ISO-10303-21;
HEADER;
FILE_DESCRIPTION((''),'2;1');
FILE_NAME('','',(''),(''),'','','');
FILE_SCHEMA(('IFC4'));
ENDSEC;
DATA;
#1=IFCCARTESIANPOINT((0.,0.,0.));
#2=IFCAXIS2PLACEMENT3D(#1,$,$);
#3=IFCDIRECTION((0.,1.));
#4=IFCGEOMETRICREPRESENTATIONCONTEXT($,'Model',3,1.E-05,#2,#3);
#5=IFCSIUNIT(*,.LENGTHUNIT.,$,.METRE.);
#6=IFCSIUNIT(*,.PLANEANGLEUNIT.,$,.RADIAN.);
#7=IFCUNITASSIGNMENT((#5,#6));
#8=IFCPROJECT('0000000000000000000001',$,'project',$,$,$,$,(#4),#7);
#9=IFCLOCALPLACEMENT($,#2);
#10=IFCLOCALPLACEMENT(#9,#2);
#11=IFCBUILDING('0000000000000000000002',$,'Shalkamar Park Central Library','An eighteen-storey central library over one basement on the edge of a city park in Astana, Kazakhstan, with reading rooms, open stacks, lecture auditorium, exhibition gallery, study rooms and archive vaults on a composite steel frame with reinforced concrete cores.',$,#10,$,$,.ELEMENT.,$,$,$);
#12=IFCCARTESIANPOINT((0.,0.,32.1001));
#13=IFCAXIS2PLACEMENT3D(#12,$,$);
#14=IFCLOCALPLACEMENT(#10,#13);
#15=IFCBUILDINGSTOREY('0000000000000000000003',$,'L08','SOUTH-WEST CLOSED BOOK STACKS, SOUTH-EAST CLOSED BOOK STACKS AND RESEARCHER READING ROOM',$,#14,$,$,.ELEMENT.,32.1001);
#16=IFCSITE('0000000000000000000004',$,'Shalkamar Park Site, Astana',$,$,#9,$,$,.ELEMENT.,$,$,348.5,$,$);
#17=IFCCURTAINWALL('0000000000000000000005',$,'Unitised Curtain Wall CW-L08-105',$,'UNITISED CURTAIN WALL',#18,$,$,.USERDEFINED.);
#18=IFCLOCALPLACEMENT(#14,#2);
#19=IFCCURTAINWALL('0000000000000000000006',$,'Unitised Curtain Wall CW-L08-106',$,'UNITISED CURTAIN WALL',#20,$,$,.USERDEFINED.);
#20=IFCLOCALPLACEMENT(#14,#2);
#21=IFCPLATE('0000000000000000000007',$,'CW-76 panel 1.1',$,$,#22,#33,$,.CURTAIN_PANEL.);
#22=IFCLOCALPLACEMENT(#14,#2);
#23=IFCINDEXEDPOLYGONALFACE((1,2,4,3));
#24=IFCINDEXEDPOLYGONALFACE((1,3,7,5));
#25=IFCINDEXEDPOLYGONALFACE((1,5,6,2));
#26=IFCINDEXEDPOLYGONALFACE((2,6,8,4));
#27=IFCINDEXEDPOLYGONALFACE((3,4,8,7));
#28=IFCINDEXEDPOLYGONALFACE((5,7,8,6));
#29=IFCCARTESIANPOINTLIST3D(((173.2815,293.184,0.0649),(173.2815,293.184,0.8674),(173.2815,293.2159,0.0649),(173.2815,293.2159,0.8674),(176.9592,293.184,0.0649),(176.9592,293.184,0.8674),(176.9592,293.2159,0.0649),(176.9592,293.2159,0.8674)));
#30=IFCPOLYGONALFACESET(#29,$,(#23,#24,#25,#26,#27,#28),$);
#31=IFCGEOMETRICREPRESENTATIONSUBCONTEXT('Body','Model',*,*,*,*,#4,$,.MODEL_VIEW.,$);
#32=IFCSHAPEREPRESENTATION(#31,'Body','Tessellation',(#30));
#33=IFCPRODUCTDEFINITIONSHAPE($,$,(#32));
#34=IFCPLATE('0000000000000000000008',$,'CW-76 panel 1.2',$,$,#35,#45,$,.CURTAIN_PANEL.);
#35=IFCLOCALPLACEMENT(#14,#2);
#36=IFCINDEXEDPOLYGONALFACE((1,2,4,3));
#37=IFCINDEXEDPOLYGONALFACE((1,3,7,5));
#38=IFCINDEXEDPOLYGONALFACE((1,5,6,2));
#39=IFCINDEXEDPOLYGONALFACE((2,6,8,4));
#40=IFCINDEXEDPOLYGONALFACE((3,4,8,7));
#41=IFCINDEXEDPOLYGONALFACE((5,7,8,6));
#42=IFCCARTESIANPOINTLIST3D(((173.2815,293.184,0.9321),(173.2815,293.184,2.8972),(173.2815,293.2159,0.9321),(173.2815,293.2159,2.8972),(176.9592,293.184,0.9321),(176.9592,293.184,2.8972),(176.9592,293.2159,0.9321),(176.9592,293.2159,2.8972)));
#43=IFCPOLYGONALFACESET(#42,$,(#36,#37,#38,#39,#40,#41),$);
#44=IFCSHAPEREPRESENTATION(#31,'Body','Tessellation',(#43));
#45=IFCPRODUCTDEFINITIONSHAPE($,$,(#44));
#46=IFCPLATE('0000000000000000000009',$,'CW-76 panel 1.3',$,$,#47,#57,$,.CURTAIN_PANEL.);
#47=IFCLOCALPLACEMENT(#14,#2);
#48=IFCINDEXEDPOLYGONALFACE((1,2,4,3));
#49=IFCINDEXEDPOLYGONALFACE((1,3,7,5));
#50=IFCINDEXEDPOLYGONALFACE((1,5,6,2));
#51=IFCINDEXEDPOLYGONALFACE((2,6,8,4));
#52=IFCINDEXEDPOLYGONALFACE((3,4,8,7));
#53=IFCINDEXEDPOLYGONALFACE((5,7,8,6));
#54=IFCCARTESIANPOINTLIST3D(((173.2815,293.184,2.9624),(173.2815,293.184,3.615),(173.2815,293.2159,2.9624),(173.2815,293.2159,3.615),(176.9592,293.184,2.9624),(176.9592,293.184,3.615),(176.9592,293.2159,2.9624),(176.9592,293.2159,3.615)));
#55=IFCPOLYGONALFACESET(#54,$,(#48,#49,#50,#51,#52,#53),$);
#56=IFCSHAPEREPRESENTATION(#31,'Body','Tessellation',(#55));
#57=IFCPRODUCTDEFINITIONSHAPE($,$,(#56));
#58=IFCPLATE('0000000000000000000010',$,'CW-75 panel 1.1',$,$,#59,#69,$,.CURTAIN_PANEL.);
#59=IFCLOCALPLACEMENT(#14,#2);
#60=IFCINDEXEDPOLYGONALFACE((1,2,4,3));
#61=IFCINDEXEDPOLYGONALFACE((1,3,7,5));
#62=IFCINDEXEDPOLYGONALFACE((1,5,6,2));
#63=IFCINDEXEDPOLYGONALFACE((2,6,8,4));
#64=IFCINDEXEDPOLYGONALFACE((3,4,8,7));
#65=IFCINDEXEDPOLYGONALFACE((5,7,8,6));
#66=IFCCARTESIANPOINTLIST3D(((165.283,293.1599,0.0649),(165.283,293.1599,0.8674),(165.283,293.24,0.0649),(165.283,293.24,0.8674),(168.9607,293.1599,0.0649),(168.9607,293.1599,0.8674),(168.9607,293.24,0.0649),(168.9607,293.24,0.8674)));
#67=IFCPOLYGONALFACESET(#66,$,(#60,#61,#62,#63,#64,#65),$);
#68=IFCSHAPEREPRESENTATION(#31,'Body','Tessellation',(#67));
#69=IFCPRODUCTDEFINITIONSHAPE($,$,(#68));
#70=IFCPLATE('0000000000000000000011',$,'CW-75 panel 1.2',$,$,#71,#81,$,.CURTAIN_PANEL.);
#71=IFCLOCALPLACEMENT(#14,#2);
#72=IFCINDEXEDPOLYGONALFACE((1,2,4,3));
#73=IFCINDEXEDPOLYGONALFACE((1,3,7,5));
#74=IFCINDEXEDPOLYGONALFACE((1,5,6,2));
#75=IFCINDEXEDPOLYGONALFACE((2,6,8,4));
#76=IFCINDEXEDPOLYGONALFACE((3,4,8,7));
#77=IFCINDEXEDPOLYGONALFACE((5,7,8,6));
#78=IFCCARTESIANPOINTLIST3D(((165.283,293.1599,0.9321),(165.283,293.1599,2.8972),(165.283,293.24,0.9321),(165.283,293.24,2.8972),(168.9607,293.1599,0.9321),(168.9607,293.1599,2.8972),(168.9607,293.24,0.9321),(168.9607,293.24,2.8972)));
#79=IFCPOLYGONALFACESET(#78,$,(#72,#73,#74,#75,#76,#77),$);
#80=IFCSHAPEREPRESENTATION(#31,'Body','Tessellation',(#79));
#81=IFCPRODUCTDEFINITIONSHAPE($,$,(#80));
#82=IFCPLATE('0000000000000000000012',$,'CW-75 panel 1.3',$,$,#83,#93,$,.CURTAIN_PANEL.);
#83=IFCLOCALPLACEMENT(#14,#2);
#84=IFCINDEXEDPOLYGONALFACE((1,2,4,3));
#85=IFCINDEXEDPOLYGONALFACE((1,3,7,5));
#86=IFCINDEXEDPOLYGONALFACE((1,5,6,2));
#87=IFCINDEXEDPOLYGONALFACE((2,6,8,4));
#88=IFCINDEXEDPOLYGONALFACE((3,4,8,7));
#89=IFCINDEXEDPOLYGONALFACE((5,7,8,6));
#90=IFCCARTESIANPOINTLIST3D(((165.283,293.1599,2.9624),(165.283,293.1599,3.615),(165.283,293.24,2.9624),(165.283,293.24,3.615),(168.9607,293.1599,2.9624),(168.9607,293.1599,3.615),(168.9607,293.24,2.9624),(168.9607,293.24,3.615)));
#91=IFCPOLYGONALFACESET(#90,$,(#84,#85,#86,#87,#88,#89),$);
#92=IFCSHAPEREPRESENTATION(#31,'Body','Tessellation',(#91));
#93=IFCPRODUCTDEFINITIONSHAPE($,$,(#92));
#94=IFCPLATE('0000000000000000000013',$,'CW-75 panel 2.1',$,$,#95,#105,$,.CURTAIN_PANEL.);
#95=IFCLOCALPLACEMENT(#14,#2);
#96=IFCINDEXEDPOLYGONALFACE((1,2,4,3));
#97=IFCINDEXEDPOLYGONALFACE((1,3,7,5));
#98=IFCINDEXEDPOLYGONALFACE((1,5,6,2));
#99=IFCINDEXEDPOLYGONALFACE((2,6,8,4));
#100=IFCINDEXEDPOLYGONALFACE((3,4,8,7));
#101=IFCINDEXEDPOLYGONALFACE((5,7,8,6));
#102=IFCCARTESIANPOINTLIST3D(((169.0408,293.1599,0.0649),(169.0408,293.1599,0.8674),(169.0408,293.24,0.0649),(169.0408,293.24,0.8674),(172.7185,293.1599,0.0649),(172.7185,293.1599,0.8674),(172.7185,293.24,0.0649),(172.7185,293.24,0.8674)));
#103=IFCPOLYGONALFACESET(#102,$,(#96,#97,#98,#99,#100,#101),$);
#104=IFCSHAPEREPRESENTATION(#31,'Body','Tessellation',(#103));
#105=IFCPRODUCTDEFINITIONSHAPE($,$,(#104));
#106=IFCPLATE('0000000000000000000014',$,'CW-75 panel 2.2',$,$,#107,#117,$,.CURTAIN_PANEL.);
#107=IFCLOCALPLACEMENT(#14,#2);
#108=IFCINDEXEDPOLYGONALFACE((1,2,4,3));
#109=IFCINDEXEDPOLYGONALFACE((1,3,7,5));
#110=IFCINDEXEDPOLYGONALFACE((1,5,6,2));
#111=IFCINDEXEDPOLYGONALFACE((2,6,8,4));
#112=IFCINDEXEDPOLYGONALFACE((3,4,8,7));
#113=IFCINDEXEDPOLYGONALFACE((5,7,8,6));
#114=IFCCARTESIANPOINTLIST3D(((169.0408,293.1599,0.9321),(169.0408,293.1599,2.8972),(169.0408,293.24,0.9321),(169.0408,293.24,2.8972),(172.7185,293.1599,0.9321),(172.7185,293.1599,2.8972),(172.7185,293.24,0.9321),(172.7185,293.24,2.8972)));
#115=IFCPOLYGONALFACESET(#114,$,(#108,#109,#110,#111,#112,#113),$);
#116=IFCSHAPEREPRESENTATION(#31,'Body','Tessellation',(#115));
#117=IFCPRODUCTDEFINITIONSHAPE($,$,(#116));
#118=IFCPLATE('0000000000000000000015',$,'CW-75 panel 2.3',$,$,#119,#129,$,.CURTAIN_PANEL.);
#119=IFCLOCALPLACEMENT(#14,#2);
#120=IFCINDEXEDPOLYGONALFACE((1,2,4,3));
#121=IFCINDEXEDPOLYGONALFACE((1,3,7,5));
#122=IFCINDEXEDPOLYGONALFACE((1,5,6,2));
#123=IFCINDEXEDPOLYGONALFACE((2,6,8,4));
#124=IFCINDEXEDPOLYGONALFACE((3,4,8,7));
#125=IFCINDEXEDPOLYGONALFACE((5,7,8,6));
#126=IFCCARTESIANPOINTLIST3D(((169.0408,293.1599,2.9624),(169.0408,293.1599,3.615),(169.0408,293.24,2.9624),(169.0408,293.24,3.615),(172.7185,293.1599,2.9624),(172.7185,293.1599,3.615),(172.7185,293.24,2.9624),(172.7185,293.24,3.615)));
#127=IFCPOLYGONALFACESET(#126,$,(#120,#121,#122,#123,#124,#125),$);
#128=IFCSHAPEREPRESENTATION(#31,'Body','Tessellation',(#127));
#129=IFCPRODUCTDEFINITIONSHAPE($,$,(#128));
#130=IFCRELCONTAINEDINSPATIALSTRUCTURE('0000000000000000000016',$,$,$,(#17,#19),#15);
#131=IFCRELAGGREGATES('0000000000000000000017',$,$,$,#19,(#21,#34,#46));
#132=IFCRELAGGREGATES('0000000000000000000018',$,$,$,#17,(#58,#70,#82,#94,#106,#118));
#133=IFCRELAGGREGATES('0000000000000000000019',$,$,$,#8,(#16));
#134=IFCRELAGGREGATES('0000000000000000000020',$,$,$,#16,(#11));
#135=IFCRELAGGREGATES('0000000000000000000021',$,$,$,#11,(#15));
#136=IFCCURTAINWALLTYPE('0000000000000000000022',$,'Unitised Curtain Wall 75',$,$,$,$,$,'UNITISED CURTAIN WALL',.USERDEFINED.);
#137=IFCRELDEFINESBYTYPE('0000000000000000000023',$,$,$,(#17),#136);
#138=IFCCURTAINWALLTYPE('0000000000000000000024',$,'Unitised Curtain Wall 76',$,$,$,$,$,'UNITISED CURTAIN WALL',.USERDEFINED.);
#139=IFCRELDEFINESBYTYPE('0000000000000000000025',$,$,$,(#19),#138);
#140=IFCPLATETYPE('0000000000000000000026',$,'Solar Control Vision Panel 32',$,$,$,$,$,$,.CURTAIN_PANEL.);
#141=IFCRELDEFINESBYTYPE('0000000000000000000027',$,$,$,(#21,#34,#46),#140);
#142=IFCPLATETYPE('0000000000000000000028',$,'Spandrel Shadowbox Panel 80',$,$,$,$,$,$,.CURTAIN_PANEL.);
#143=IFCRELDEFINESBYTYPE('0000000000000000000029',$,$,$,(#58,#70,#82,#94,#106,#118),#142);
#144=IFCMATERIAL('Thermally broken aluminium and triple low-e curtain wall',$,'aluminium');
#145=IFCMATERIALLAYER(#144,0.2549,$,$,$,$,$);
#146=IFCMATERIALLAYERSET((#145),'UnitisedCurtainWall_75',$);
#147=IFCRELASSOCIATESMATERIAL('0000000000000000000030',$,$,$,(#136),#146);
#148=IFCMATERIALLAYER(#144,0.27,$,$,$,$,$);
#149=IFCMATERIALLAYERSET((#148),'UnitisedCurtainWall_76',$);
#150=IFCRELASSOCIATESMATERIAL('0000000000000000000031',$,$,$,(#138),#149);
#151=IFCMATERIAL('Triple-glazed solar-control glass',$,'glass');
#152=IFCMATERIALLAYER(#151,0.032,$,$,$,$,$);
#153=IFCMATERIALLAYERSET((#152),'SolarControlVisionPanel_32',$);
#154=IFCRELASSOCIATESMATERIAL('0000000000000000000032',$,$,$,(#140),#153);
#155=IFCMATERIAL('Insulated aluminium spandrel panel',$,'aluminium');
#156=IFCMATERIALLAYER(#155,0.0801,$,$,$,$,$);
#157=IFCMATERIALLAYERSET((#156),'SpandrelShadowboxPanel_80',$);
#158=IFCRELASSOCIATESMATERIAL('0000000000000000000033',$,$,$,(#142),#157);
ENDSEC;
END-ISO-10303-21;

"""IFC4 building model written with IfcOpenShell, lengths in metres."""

from ifc_helpers import new_model, si_unit, direction, frame, origin, origin_2d, place, context, subcontext, project, spatial, rectangle, extrude, material, layer, layer_set, type_object, element, aggregate, save


model = new_model("IFC4")

# Units and contexts
model_context = context("Model", 3, precision=1e-05, world=origin(), true_north=direction((0.0, 1.0)))
body_context = subcontext(model_context, "Body", "Model", "MODEL_VIEW")
ifc_project = project(units=[si_unit("LENGTHUNIT", "METRE"), si_unit("PLANEANGLEUNIT", "RADIAN")], contexts=[model_context])

# Site, building, storey
site_placement = place(None, origin())
site = spatial("IfcSite", under=ifc_project, at=site_placement, Name="Shalkamar Park Site, Astana", CompositionType="ELEMENT", RefElevation=348.5)
building_placement = place(site_placement, origin())
building = spatial("IfcBuilding", under=site, at=building_placement, Name="Shalkamar Park Central Library", Description="An eighteen-storey central library over one basement on the edge of a city park in Astana, Kazakhstan, with reading rooms, open stacks, lecture auditorium, exhibition gallery, study rooms and archive vaults on a composite steel frame with reinforced concrete cores.", CompositionType="ELEMENT")
storey_placement = place(building_placement, frame((0.0, 0.0, 32.1001)))
storey = spatial("IfcBuildingStorey", under=building, at=storey_placement, Name="L08", Description="SOUTH-WEST CLOSED BOOK STACKS, SOUTH-EAST CLOSED BOOK STACKS AND RESEARCHER READING ROOM", CompositionType="ELEMENT", Elevation=32.1001)

# Curtain walls
ifc_material_1 = material(Name="Thermally broken aluminium and triple low-e curtain wall", Category="aluminium")
ifc_layer_1 = layer(ifc_material_1, 0.2549)
ifc_layer_set_1 = layer_set([ifc_layer_1], Name="UnitisedCurtainWall_75")
curtain_wall_type_1 = type_object("IfcCurtainWallType", Name="Unitised Curtain Wall 75", ElementType="UNITISED CURTAIN WALL", PredefinedType="USERDEFINED", material=ifc_layer_set_1)
curtain_wall_1_placement = place(storey_placement, origin())
curtain_wall_1 = element("IfcCurtainWall", 1, at=curtain_wall_1_placement, inside=storey, type_object=curtain_wall_type_1, Name="Unitised Curtain Wall CW-L08-105", ObjectType="UNITISED CURTAIN WALL", PredefinedType="USERDEFINED")
ifc_layer_2 = layer(ifc_material_1, 0.27)
ifc_layer_set_2 = layer_set([ifc_layer_2], Name="UnitisedCurtainWall_76")
curtain_wall_type_2 = type_object("IfcCurtainWallType", Name="Unitised Curtain Wall 76", ElementType="UNITISED CURTAIN WALL", PredefinedType="USERDEFINED", material=ifc_layer_set_2)
curtain_wall_2_placement = place(storey_placement, origin())
curtain_wall_2 = element("IfcCurtainWall", 2, at=curtain_wall_2_placement, inside=storey, type_object=curtain_wall_type_2, Name="Unitised Curtain Wall CW-L08-106", ObjectType="UNITISED CURTAIN WALL", PredefinedType="USERDEFINED")

# Plates
ifc_material_2 = material(Name="Triple-glazed solar-control glass", Category="glass")
ifc_layer_3 = layer(ifc_material_2, 0.032)
ifc_layer_set_3 = layer_set([ifc_layer_3], Name="SolarControlVisionPanel_32")
plate_type_1 = type_object("IfcPlateType", Name="Solar Control Vision Panel 32", PredefinedType="CURTAIN_PANEL", material=ifc_layer_set_3)
plate_1_placement = place(storey_placement, frame((175.1204, 293.2, 0.0649), z_axis=(0.0, 0.0, 1.0), x_axis=(1.0, 0.0, 0.0)))
plate_1 = element("IfcPlate", 3, at=plate_1_placement, type_object=plate_type_1, Name="CW-76 panel 1.1", PredefinedType="CURTAIN_PANEL", context=body_context, shape_type="SweptSolid", body=[
    extrude(rectangle(XDim=3.6777, YDim=0.032, at=origin_2d()), origin(), (0.0, 0.0, 1.0), 0.8025),
])
plate_2_placement = place(storey_placement, frame((175.1204, 293.2, 0.9321), z_axis=(0.0, 0.0, 1.0), x_axis=(1.0, 0.0, 0.0)))
plate_2 = element("IfcPlate", 4, at=plate_2_placement, type_object=plate_type_1, Name="CW-76 panel 1.2", PredefinedType="CURTAIN_PANEL", context=body_context, shape_type="SweptSolid", body=[
    extrude(rectangle(XDim=3.6777, YDim=0.032, at=origin_2d()), origin(), (0.0, 0.0, 1.0), 1.9651),
])
plate_3_placement = place(storey_placement, frame((175.1204, 293.2, 2.9624), z_axis=(0.0, 0.0, 1.0), x_axis=(1.0, 0.0, 0.0)))
plate_3 = element("IfcPlate", 5, at=plate_3_placement, type_object=plate_type_1, Name="CW-76 panel 1.3", PredefinedType="CURTAIN_PANEL", context=body_context, shape_type="SweptSolid", body=[
    extrude(rectangle(XDim=3.6777, YDim=0.032, at=origin_2d()), origin(), (0.0, 0.0, 1.0), 0.6526),
])
aggregate(curtain_wall_2, [plate_1, plate_2, plate_3])
ifc_material_3 = material(Name="Insulated aluminium spandrel panel", Category="aluminium")
ifc_layer_4 = layer(ifc_material_3, 0.0801)
ifc_layer_set_4 = layer_set([ifc_layer_4], Name="SpandrelShadowboxPanel_80")
plate_type_2 = type_object("IfcPlateType", Name="Spandrel Shadowbox Panel 80", PredefinedType="CURTAIN_PANEL", material=ifc_layer_set_4)
plate_4_placement = place(storey_placement, frame((167.1218, 293.2, 0.0649), z_axis=(0.0, 0.0, 1.0), x_axis=(1.0, 0.0, 0.0)))
plate_4 = element("IfcPlate", 6, at=plate_4_placement, type_object=plate_type_2, Name="CW-75 panel 1.1", PredefinedType="CURTAIN_PANEL", context=body_context, shape_type="SweptSolid", body=[
    extrude(rectangle(XDim=3.6777, YDim=0.0801, at=origin_2d()), origin(), (0.0, 0.0, 1.0), 0.8025),
])
plate_5_placement = place(storey_placement, frame((167.1218, 293.2, 0.9321), z_axis=(0.0, 0.0, 1.0), x_axis=(1.0, 0.0, 0.0)))
plate_5 = element("IfcPlate", 7, at=plate_5_placement, type_object=plate_type_2, Name="CW-75 panel 1.2", PredefinedType="CURTAIN_PANEL", context=body_context, shape_type="SweptSolid", body=[
    extrude(rectangle(XDim=3.6777, YDim=0.0801, at=origin_2d()), origin(), (0.0, 0.0, 1.0), 1.9651),
])
plate_6_placement = place(storey_placement, frame((167.1218, 293.2, 2.9624), z_axis=(0.0, 0.0, 1.0), x_axis=(1.0, 0.0, 0.0)))
plate_6 = element("IfcPlate", 8, at=plate_6_placement, type_object=plate_type_2, Name="CW-75 panel 1.3", PredefinedType="CURTAIN_PANEL", context=body_context, shape_type="SweptSolid", body=[
    extrude(rectangle(XDim=3.6777, YDim=0.0801, at=origin_2d()), origin(), (0.0, 0.0, 1.0), 0.6526),
])
plate_7_placement = place(storey_placement, frame((170.8796, 293.2, 0.0649), z_axis=(0.0, 0.0, 1.0), x_axis=(1.0, 0.0, 0.0)))
plate_7 = element("IfcPlate", 9, at=plate_7_placement, type_object=plate_type_2, Name="CW-75 panel 2.1", PredefinedType="CURTAIN_PANEL", context=body_context, shape_type="SweptSolid", body=[
    extrude(rectangle(XDim=3.6777, YDim=0.0801, at=origin_2d()), origin(), (0.0, 0.0, 1.0), 0.8025),
])
plate_8_placement = place(storey_placement, frame((170.8796, 293.2, 0.9321), z_axis=(0.0, 0.0, 1.0), x_axis=(1.0, 0.0, 0.0)))
plate_8 = element("IfcPlate", 10, at=plate_8_placement, type_object=plate_type_2, Name="CW-75 panel 2.2", PredefinedType="CURTAIN_PANEL", context=body_context, shape_type="SweptSolid", body=[
    extrude(rectangle(XDim=3.6777, YDim=0.0801, at=origin_2d()), origin(), (0.0, 0.0, 1.0), 1.9651),
])
plate_9_placement = place(storey_placement, frame((170.8796, 293.2, 2.9624), z_axis=(0.0, 0.0, 1.0), x_axis=(1.0, 0.0, 0.0)))
plate_9 = element("IfcPlate", 11, at=plate_9_placement, type_object=plate_type_2, Name="CW-75 panel 2.3", PredefinedType="CURTAIN_PANEL", context=body_context, shape_type="SweptSolid", body=[
    extrude(rectangle(XDim=3.6777, YDim=0.0801, at=origin_2d()), origin(), (0.0, 0.0, 1.0), 0.6526),
])
aggregate(curtain_wall_1, [plate_4, plate_5, plate_6, plate_7, plate_8, plate_9])

save(model, "model.ifc")
